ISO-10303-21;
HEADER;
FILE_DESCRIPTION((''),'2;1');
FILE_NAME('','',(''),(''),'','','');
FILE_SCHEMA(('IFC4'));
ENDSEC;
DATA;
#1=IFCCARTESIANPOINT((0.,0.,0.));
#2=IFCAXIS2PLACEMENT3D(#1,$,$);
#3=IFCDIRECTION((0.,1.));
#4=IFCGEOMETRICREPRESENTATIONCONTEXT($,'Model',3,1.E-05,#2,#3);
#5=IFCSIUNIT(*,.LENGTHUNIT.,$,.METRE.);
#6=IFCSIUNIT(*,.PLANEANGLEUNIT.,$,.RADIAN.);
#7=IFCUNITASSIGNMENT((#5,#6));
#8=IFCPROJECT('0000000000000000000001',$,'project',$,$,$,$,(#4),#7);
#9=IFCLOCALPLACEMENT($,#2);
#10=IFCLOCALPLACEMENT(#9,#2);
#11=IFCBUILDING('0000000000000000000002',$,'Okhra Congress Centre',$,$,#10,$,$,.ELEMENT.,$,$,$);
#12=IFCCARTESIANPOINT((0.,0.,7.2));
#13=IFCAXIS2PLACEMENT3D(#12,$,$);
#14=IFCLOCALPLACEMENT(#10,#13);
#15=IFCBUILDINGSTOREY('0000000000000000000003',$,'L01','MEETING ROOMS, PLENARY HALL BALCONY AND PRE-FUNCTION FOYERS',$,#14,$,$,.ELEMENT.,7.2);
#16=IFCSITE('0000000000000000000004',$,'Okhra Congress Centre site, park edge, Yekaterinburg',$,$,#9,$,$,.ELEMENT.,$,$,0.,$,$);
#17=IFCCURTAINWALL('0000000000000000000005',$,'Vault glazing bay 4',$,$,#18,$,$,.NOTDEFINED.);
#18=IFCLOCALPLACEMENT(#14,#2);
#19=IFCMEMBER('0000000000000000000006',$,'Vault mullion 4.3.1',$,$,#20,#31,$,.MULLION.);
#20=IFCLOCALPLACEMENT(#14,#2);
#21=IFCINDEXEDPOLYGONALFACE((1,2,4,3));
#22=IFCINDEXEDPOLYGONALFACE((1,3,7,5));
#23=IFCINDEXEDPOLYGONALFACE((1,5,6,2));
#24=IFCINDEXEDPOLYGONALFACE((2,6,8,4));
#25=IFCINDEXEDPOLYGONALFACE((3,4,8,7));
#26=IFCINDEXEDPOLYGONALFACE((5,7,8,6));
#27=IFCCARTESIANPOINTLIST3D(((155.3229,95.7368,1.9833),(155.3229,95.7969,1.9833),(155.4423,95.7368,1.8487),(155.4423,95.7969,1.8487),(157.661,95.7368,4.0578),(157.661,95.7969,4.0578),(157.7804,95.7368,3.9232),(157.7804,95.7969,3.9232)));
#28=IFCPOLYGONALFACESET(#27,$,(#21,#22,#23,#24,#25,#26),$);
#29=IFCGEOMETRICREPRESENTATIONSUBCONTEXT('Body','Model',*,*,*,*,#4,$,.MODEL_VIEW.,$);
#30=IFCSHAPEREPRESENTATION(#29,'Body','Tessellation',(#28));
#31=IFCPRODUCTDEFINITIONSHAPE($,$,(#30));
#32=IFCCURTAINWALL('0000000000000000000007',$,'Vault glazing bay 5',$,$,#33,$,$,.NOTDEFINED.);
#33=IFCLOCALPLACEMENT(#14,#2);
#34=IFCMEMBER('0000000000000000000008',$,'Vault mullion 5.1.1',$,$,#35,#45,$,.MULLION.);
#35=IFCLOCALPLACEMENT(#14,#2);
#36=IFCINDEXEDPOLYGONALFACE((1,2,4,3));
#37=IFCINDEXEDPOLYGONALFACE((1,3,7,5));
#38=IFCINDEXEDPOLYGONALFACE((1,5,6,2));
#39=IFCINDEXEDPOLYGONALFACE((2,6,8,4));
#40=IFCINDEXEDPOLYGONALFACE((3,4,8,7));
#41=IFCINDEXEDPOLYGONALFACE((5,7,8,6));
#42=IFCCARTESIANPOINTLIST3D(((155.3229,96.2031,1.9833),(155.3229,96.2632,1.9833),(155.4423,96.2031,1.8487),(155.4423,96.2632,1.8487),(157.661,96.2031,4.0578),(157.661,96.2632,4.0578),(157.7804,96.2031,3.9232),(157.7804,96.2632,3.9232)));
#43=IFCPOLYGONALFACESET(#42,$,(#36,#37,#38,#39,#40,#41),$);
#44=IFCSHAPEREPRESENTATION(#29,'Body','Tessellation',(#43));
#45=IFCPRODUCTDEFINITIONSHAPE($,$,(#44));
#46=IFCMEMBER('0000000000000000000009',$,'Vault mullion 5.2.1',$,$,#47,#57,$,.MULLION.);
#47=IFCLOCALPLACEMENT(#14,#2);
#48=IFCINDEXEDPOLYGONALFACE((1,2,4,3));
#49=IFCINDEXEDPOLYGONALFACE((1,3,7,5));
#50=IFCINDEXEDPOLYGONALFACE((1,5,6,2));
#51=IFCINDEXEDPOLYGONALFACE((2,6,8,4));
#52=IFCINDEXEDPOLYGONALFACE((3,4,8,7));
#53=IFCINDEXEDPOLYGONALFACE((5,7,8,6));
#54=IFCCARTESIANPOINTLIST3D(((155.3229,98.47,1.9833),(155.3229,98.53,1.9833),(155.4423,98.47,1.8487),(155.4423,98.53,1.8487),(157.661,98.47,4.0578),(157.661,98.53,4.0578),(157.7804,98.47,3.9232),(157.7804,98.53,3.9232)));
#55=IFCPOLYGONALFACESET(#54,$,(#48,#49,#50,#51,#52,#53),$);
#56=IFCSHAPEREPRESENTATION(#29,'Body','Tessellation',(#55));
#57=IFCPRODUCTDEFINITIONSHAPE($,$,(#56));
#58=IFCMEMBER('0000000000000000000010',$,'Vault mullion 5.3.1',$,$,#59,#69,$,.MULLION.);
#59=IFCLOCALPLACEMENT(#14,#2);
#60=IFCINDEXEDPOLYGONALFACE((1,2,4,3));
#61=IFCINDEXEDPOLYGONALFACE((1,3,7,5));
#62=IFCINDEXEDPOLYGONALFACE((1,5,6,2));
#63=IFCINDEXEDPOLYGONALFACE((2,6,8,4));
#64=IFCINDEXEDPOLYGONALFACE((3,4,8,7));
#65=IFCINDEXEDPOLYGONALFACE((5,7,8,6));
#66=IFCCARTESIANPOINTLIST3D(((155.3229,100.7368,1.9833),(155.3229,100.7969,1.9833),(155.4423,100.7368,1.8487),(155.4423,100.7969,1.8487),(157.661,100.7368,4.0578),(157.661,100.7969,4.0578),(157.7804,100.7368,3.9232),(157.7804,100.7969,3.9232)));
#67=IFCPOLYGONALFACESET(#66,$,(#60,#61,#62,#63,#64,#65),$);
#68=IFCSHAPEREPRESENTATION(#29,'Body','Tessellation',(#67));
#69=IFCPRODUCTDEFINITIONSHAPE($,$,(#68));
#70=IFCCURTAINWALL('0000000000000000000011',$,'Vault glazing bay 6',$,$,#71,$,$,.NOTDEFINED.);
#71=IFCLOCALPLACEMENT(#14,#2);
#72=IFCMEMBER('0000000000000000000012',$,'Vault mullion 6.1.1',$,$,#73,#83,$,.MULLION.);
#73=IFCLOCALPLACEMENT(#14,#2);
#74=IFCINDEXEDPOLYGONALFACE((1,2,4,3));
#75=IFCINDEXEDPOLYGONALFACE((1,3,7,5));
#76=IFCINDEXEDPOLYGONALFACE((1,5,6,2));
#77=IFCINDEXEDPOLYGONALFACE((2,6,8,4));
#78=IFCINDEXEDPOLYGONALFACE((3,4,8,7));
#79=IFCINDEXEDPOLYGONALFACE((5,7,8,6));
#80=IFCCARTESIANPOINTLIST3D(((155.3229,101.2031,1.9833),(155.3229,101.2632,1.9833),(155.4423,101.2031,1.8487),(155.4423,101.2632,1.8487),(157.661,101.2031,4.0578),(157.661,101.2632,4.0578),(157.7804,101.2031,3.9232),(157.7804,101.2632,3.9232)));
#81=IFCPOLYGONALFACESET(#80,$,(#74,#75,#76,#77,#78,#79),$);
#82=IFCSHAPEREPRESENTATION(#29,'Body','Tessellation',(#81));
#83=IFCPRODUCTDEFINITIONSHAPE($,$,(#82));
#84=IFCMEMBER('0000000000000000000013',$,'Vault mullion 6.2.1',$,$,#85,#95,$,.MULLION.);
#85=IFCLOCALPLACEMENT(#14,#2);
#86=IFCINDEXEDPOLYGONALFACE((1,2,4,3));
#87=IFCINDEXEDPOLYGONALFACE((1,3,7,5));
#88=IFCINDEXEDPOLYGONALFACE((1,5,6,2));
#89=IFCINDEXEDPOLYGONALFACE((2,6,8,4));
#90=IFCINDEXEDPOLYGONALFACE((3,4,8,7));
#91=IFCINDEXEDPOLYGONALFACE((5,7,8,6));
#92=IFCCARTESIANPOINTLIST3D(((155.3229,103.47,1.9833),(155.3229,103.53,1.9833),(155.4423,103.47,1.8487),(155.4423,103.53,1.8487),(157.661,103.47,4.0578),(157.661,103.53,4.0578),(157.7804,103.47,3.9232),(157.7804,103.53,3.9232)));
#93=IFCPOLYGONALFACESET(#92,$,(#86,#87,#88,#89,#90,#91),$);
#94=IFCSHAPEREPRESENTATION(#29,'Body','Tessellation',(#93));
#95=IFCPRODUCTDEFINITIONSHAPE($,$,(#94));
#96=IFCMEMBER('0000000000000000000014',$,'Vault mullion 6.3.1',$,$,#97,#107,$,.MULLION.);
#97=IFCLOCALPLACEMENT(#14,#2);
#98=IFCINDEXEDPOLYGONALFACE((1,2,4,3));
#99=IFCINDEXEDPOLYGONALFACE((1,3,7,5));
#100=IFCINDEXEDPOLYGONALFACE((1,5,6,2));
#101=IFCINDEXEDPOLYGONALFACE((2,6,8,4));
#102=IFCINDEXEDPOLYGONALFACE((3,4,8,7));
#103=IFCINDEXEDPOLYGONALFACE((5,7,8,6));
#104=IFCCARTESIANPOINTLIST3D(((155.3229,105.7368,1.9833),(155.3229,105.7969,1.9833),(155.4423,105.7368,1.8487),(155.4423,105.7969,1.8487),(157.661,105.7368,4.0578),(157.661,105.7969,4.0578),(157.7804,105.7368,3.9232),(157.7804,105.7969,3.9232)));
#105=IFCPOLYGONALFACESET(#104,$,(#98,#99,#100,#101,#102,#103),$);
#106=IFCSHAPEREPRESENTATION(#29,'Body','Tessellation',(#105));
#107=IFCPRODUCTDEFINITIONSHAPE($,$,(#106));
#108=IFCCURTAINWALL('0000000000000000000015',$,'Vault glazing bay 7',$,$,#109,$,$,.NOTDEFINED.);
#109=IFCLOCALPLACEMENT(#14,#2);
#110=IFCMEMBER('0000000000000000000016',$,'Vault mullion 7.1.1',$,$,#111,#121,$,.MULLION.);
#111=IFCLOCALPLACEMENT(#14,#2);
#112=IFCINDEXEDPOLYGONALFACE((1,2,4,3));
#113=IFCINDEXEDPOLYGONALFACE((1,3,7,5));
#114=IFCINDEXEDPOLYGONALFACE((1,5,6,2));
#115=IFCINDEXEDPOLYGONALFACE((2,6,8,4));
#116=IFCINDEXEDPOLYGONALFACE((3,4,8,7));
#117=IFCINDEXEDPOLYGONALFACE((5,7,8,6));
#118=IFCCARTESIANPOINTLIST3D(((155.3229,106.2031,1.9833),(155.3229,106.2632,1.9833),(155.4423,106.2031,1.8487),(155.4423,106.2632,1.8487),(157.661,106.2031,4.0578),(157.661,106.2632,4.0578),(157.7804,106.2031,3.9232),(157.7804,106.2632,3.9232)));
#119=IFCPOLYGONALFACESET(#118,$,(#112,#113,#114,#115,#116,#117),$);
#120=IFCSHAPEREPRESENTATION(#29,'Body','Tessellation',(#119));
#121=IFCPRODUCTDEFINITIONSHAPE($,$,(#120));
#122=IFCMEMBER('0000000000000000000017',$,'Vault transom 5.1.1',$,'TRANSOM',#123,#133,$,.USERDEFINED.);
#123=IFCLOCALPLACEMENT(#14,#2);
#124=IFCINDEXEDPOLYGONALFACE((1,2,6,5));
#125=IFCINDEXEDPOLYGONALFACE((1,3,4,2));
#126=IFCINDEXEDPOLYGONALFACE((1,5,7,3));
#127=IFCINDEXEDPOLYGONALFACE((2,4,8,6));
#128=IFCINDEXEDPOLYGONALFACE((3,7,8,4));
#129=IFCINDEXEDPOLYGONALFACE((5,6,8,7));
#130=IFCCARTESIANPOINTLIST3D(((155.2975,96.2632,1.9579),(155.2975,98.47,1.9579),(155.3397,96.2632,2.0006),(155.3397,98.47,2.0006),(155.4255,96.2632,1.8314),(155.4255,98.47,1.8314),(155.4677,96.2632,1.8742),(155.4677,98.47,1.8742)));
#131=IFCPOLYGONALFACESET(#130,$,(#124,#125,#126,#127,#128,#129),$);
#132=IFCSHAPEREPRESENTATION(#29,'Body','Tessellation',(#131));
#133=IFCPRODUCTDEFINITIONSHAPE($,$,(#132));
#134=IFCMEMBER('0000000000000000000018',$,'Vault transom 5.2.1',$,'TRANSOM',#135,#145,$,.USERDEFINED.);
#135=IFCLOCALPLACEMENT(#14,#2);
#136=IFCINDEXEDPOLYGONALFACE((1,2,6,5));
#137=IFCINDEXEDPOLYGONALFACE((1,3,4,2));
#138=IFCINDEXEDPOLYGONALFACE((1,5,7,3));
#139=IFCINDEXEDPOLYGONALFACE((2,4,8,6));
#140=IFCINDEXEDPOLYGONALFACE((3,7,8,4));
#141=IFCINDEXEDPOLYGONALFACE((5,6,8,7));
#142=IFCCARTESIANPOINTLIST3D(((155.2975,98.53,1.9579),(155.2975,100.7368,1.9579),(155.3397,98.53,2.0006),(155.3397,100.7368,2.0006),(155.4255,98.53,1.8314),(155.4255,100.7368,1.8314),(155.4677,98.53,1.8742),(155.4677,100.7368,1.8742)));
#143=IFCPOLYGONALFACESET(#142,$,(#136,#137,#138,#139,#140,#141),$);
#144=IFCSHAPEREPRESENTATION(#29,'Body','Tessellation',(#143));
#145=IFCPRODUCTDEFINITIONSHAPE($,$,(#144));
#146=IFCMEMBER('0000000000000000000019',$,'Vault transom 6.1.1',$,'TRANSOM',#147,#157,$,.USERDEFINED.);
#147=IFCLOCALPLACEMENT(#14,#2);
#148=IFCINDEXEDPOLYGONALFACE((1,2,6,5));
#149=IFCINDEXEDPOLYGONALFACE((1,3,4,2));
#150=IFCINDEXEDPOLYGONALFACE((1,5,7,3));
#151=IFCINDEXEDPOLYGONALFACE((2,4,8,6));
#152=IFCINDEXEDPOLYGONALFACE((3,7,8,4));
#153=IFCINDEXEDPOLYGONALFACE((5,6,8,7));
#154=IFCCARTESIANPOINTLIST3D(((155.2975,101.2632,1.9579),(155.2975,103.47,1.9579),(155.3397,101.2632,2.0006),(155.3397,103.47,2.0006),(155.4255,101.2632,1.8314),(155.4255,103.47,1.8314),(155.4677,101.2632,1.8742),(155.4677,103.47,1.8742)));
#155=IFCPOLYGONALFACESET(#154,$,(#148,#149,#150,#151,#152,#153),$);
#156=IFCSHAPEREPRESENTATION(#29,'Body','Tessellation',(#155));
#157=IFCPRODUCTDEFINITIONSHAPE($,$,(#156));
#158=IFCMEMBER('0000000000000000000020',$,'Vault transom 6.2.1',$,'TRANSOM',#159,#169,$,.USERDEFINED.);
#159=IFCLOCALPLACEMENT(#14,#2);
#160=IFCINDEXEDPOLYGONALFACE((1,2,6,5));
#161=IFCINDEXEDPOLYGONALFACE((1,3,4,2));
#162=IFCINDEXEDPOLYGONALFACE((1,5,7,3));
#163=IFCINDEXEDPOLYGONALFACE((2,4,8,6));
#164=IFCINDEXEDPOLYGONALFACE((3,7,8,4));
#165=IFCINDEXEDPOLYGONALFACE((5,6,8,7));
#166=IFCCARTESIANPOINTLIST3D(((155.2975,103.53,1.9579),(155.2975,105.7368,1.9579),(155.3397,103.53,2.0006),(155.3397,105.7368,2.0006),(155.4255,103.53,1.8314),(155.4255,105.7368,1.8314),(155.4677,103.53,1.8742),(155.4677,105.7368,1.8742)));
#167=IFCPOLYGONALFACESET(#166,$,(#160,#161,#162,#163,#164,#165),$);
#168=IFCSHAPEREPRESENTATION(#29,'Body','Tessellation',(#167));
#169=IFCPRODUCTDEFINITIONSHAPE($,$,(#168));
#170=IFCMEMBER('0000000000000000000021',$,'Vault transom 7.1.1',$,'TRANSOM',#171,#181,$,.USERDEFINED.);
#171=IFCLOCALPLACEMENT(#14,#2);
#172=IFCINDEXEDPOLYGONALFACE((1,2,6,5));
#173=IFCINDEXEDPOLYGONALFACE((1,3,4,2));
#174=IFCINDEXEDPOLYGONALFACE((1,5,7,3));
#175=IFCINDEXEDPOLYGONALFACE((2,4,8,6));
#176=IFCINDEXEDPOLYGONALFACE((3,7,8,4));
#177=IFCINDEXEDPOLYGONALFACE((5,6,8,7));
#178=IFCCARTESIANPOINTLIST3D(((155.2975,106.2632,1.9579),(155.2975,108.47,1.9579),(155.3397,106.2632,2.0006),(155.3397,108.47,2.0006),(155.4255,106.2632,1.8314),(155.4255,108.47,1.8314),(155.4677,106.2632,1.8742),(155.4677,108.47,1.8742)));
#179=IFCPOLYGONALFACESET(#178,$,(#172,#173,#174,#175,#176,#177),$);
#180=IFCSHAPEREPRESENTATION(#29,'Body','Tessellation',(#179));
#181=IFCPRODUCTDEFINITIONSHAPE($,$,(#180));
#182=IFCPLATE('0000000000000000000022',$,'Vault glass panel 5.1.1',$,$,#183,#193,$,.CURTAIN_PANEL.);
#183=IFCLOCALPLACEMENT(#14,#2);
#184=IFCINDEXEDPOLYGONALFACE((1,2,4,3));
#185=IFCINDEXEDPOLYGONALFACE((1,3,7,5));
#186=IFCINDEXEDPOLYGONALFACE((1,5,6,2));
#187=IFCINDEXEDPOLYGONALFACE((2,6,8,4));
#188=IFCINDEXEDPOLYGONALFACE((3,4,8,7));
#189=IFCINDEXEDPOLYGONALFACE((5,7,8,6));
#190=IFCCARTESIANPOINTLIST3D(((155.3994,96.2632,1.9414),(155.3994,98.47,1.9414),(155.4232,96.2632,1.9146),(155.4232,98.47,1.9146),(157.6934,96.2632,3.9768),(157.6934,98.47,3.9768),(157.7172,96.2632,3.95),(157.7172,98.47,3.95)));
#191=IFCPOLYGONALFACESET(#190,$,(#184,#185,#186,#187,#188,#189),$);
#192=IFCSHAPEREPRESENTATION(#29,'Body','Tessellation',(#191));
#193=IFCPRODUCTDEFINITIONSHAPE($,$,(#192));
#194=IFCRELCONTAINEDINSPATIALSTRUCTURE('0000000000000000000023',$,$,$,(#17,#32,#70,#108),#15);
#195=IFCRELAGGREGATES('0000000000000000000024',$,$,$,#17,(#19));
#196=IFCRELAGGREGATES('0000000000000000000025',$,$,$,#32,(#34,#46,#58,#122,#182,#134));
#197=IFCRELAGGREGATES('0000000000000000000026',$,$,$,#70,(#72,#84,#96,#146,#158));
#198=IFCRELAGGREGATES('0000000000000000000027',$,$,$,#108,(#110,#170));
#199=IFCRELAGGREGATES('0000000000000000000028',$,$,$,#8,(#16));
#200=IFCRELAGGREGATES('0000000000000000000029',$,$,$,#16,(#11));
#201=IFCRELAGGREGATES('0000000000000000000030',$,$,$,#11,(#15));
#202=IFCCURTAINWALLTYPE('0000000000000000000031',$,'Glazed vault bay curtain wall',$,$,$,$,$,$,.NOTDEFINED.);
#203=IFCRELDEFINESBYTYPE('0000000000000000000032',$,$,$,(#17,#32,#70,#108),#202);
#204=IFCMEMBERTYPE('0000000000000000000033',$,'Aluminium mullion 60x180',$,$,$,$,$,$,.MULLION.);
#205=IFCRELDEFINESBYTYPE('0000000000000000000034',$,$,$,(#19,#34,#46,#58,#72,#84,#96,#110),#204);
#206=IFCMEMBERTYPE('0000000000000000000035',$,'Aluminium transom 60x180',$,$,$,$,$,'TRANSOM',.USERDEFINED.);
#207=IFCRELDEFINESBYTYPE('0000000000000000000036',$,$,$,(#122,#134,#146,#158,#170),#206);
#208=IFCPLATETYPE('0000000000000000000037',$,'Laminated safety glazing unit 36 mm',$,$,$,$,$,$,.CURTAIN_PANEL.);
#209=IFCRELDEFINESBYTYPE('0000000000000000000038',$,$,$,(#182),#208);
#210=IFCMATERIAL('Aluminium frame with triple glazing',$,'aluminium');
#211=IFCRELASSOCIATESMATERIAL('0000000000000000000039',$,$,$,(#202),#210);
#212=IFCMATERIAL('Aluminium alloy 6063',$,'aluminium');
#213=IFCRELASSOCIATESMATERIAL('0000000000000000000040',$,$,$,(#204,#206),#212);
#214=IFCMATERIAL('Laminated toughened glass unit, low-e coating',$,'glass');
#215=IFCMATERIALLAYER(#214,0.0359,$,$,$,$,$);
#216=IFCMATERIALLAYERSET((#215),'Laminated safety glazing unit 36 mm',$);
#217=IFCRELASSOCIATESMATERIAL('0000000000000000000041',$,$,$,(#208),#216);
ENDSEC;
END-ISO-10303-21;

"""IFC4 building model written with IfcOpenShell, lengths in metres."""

from ifc_helpers import new_model, si_unit, direction, frame, origin, origin_2d, place, context, subcontext, project, spatial, polyline, rectangle, outline, extrude, material, layer, layer_set, material_profile, profile_set, type_object, element, aggregate, save


model = new_model("IFC4")

# Units and contexts
model_context = context("Model", 3, precision=1e-05, world=origin(), true_north=direction((0.0, 1.0)))
body_context = subcontext(model_context, "Body", "Model", "MODEL_VIEW")
ifc_project = project(units=[si_unit("LENGTHUNIT", "METRE"), si_unit("PLANEANGLEUNIT", "RADIAN")], contexts=[model_context])

# Site, building, storey
site_placement = place(None, origin())
site = spatial("IfcSite", under=ifc_project, at=site_placement, Name="Okhra Congress Centre site, park edge, Yekaterinburg", CompositionType="ELEMENT", RefElevation=0.0)
building_placement = place(site_placement, origin())
building = spatial("IfcBuilding", under=site, at=building_placement, Name="Okhra Congress Centre", CompositionType="ELEMENT")
storey_placement = place(building_placement, frame((0.0, 0.0, 7.2)))
storey = spatial("IfcBuildingStorey", under=building, at=storey_placement, Name="L01", Description="MEETING ROOMS, PLENARY HALL BALCONY AND PRE-FUNCTION FOYERS", CompositionType="ELEMENT", Elevation=7.2)

# Curtain wall, member
ifc_material_1 = material(Name="Aluminium frame with triple glazing", Category="aluminium")
curtain_wall_type = type_object("IfcCurtainWallType", Name="Glazed vault bay curtain wall", PredefinedType="NOTDEFINED", material=ifc_material_1)
curtain_wall_1_placement = place(storey_placement, origin())
curtain_wall_1 = element("IfcCurtainWall", 1, at=curtain_wall_1_placement, inside=storey, type_object=curtain_wall_type, Name="Vault glazing bay 4", PredefinedType="NOTDEFINED")
ifc_material_2 = material(Name="Aluminium alloy 6063", Category="aluminium")
ifc_material_profile_1 = material_profile(ifc_material_2, rectangle(XDim=0.0601, YDim=0.1799, at=origin_2d()), Name="AL 60x180")
ifc_profile_set_1 = profile_set([ifc_material_profile_1], Name="Aluminium alloy 6063")
member_type_1 = type_object("IfcMemberType", Name="Aluminium mullion 60x180", PredefinedType="MULLION", material=ifc_profile_set_1)
member_1_placement = place(storey_placement, frame((155.3826, 95.7668, 1.916), z_axis=(0.748025, 0.0, 0.66367), x_axis=(0.0, 1.0, 0.0)))
member_1 = element("IfcMember", 2, at=member_1_placement, type_object=member_type_1, Name="Vault mullion 4.3.1", PredefinedType="MULLION", context=body_context, shape_type="SweptSolid", body=[
    extrude(rectangle(XDim=0.0601, YDim=0.1799, at=origin_2d()), origin(), (0.0, 0.0, 1.0), 3.1257),
])
aggregate(curtain_wall_1, [member_1])

# Curtain walls, members
curtain_wall_2_placement = place(storey_placement, origin())
curtain_wall_2 = element("IfcCurtainWall", 3, at=curtain_wall_2_placement, inside=storey, type_object=curtain_wall_type, Name="Vault glazing bay 5", PredefinedType="NOTDEFINED")
member_2_placement = place(storey_placement, frame((155.3826, 96.2332, 1.916), z_axis=(0.748025, 0.0, 0.66367), x_axis=(0.0, 1.0, 0.0)))
member_2 = element("IfcMember", 4, at=member_2_placement, type_object=member_type_1, Name="Vault mullion 5.1.1", PredefinedType="MULLION", context=body_context, shape_type="SweptSolid", body=[
    extrude(rectangle(XDim=0.0601, YDim=0.1799, at=origin_2d()), origin(), (0.0, 0.0, 1.0), 3.1257),
])
member_3_placement = place(storey_placement, frame((155.3826, 98.5, 1.916), z_axis=(0.748025, 0.0, 0.66367), x_axis=(0.0, 1.0, 0.0)))
member_3 = element("IfcMember", 5, at=member_3_placement, type_object=member_type_1, Name="Vault mullion 5.2.1", PredefinedType="MULLION", context=body_context, shape_type="SweptSolid", body=[
    extrude(rectangle(XDim=0.0601, YDim=0.1799, at=origin_2d()), origin(), (0.0, 0.0, 1.0), 3.1257),
])
member_4_placement = place(storey_placement, frame((155.3826, 100.7668, 1.916), z_axis=(0.748025, 0.0, 0.66367), x_axis=(0.0, 1.0, 0.0)))
member_4 = element("IfcMember", 6, at=member_4_placement, type_object=member_type_1, Name="Vault mullion 5.3.1", PredefinedType="MULLION", context=body_context, shape_type="SweptSolid", body=[
    extrude(rectangle(XDim=0.0601, YDim=0.1799, at=origin_2d()), origin(), (0.0, 0.0, 1.0), 3.1257),
])
curtain_wall_3_placement = place(storey_placement, origin())
curtain_wall_3 = element("IfcCurtainWall", 7, at=curtain_wall_3_placement, inside=storey, type_object=curtain_wall_type, Name="Vault glazing bay 6", PredefinedType="NOTDEFINED")
member_5_placement = place(storey_placement, frame((155.3826, 101.2332, 1.916), z_axis=(0.748025, 0.0, 0.66367), x_axis=(0.0, 1.0, 0.0)))
member_5 = element("IfcMember", 8, at=member_5_placement, type_object=member_type_1, Name="Vault mullion 6.1.1", PredefinedType="MULLION", context=body_context, shape_type="SweptSolid", body=[
    extrude(rectangle(XDim=0.0601, YDim=0.1799, at=origin_2d()), origin(), (0.0, 0.0, 1.0), 3.1257),
])
member_6_placement = place(storey_placement, frame((155.3826, 103.5, 1.916), z_axis=(0.748025, 0.0, 0.66367), x_axis=(0.0, 1.0, 0.0)))
member_6 = element("IfcMember", 9, at=member_6_placement, type_object=member_type_1, Name="Vault mullion 6.2.1", PredefinedType="MULLION", context=body_context, shape_type="SweptSolid", body=[
    extrude(rectangle(XDim=0.0601, YDim=0.1799, at=origin_2d()), origin(), (0.0, 0.0, 1.0), 3.1257),
])
member_7_placement = place(storey_placement, frame((155.3826, 105.7668, 1.916), z_axis=(0.748025, 0.0, 0.66367), x_axis=(0.0, 1.0, 0.0)))
member_7 = element("IfcMember", 10, at=member_7_placement, type_object=member_type_1, Name="Vault mullion 6.3.1", PredefinedType="MULLION", context=body_context, shape_type="SweptSolid", body=[
    extrude(rectangle(XDim=0.0601, YDim=0.1799, at=origin_2d()), origin(), (0.0, 0.0, 1.0), 3.1257),
])

# Curtain wall, member
curtain_wall_4_placement = place(storey_placement, origin())
curtain_wall_4 = element("IfcCurtainWall", 11, at=curtain_wall_4_placement, inside=storey, type_object=curtain_wall_type, Name="Vault glazing bay 7", PredefinedType="NOTDEFINED")
member_8_placement = place(storey_placement, frame((155.3826, 106.2332, 1.916), z_axis=(0.748025, 0.0, 0.66367), x_axis=(0.0, 1.0, 0.0)))
member_8 = element("IfcMember", 12, at=member_8_placement, type_object=member_type_1, Name="Vault mullion 7.1.1", PredefinedType="MULLION", context=body_context, shape_type="SweptSolid", body=[
    extrude(rectangle(XDim=0.0601, YDim=0.1799, at=origin_2d()), origin(), (0.0, 0.0, 1.0), 3.1257),
])

# Members
ifc_material_profile_2 = material_profile(ifc_material_2, rectangle(XDim=0.0601, YDim=0.1799, at=origin_2d()), Name="AL 60x180 transom")
ifc_profile_set_2 = profile_set([ifc_material_profile_2], Name="Aluminium alloy 6063")
member_type_2 = type_object("IfcMemberType", Name="Aluminium transom 60x180", ElementType="TRANSOM", PredefinedType="USERDEFINED", material=ifc_profile_set_2)
member_9_placement = place(storey_placement, frame((155.3826, 96.2632, 1.916), z_axis=(0.0, 1.0, 0.0), x_axis=(-0.702636, 0.0, -0.711549)))
member_9 = element("IfcMember", 13, at=member_9_placement, type_object=member_type_2, Name="Vault transom 5.1.1", ObjectType="TRANSOM", PredefinedType="USERDEFINED", context=body_context, shape_type="SweptSolid", body=[
    extrude(rectangle(XDim=0.0601, YDim=0.1799, at=origin_2d()), origin(), (0.0, 0.0, 1.0), 2.2068),
])
member_10_placement = place(storey_placement, frame((155.3826, 98.53, 1.916), z_axis=(0.0, 1.0, 0.0), x_axis=(-0.702636, 0.0, -0.711549)))
member_10 = element("IfcMember", 14, at=member_10_placement, type_object=member_type_2, Name="Vault transom 5.2.1", ObjectType="TRANSOM", PredefinedType="USERDEFINED", context=body_context, shape_type="SweptSolid", body=[
    extrude(rectangle(XDim=0.0601, YDim=0.1799, at=origin_2d()), origin(), (0.0, 0.0, 1.0), 2.2068),
])
member_11_placement = place(storey_placement, frame((155.3826, 101.2632, 1.916), z_axis=(0.0, 1.0, 0.0), x_axis=(-0.702636, 0.0, -0.711549)))
member_11 = element("IfcMember", 15, at=member_11_placement, type_object=member_type_2, Name="Vault transom 6.1.1", ObjectType="TRANSOM", PredefinedType="USERDEFINED", context=body_context, shape_type="SweptSolid", body=[
    extrude(rectangle(XDim=0.0601, YDim=0.1799, at=origin_2d()), origin(), (0.0, 0.0, 1.0), 2.2068),
])
member_12_placement = place(storey_placement, frame((155.3826, 103.53, 1.916), z_axis=(0.0, 1.0, 0.0), x_axis=(-0.702636, 0.0, -0.711549)))
member_12 = element("IfcMember", 16, at=member_12_placement, type_object=member_type_2, Name="Vault transom 6.2.1", ObjectType="TRANSOM", PredefinedType="USERDEFINED", context=body_context, shape_type="SweptSolid", body=[
    extrude(rectangle(XDim=0.0601, YDim=0.1799, at=origin_2d()), origin(), (0.0, 0.0, 1.0), 2.2068),
])
member_13_placement = place(storey_placement, frame((155.3826, 106.2632, 1.916), z_axis=(0.0, 1.0, 0.0), x_axis=(-0.702636, 0.0, -0.711549)))
member_13 = element("IfcMember", 17, at=member_13_placement, type_object=member_type_2, Name="Vault transom 7.1.1", ObjectType="TRANSOM", PredefinedType="USERDEFINED", context=body_context, shape_type="SweptSolid", body=[
    extrude(rectangle(XDim=0.0601, YDim=0.1799, at=origin_2d()), origin(), (0.0, 0.0, 1.0), 2.2068),
])

# Plate
ifc_material_3 = material(Name="Laminated toughened glass unit, low-e coating", Category="glass")
ifc_layer_1 = layer(ifc_material_3, 0.0359)
ifc_layer_set_1 = layer_set([ifc_layer_1], Name="Laminated safety glazing unit 36 mm")
plate_type = type_object("IfcPlateType", Name="Laminated safety glazing unit 36 mm", PredefinedType="CURTAIN_PANEL", material=ifc_layer_set_1)
plate_1_placement = place(storey_placement, frame((155.3994, 96.2632, 1.9414), z_axis=(-0.663697, 0.0, 0.748002), x_axis=(0.748002, 0.0, 0.663697)))
plate_1 = element("IfcPlate", 18, at=plate_1_placement, type_object=plate_type, Name="Vault glass panel 5.1.1", PredefinedType="CURTAIN_PANEL", context=body_context, shape_type="SweptSolid", body=[
    extrude(outline(polyline([(0.0, 0.0), (3.0668, 0.0), (3.0668, 2.2068), (0.0, 2.2068), (0.0, 0.0)])), origin(), (0.0, 0.0, -1.0), 0.0359),
])
aggregate(curtain_wall_2, [member_2, member_3, member_4, member_9, plate_1, member_10])
aggregate(curtain_wall_3, [member_5, member_6, member_7, member_11, member_12])
aggregate(curtain_wall_4, [member_8, member_13])

save(model, "model.ifc")
